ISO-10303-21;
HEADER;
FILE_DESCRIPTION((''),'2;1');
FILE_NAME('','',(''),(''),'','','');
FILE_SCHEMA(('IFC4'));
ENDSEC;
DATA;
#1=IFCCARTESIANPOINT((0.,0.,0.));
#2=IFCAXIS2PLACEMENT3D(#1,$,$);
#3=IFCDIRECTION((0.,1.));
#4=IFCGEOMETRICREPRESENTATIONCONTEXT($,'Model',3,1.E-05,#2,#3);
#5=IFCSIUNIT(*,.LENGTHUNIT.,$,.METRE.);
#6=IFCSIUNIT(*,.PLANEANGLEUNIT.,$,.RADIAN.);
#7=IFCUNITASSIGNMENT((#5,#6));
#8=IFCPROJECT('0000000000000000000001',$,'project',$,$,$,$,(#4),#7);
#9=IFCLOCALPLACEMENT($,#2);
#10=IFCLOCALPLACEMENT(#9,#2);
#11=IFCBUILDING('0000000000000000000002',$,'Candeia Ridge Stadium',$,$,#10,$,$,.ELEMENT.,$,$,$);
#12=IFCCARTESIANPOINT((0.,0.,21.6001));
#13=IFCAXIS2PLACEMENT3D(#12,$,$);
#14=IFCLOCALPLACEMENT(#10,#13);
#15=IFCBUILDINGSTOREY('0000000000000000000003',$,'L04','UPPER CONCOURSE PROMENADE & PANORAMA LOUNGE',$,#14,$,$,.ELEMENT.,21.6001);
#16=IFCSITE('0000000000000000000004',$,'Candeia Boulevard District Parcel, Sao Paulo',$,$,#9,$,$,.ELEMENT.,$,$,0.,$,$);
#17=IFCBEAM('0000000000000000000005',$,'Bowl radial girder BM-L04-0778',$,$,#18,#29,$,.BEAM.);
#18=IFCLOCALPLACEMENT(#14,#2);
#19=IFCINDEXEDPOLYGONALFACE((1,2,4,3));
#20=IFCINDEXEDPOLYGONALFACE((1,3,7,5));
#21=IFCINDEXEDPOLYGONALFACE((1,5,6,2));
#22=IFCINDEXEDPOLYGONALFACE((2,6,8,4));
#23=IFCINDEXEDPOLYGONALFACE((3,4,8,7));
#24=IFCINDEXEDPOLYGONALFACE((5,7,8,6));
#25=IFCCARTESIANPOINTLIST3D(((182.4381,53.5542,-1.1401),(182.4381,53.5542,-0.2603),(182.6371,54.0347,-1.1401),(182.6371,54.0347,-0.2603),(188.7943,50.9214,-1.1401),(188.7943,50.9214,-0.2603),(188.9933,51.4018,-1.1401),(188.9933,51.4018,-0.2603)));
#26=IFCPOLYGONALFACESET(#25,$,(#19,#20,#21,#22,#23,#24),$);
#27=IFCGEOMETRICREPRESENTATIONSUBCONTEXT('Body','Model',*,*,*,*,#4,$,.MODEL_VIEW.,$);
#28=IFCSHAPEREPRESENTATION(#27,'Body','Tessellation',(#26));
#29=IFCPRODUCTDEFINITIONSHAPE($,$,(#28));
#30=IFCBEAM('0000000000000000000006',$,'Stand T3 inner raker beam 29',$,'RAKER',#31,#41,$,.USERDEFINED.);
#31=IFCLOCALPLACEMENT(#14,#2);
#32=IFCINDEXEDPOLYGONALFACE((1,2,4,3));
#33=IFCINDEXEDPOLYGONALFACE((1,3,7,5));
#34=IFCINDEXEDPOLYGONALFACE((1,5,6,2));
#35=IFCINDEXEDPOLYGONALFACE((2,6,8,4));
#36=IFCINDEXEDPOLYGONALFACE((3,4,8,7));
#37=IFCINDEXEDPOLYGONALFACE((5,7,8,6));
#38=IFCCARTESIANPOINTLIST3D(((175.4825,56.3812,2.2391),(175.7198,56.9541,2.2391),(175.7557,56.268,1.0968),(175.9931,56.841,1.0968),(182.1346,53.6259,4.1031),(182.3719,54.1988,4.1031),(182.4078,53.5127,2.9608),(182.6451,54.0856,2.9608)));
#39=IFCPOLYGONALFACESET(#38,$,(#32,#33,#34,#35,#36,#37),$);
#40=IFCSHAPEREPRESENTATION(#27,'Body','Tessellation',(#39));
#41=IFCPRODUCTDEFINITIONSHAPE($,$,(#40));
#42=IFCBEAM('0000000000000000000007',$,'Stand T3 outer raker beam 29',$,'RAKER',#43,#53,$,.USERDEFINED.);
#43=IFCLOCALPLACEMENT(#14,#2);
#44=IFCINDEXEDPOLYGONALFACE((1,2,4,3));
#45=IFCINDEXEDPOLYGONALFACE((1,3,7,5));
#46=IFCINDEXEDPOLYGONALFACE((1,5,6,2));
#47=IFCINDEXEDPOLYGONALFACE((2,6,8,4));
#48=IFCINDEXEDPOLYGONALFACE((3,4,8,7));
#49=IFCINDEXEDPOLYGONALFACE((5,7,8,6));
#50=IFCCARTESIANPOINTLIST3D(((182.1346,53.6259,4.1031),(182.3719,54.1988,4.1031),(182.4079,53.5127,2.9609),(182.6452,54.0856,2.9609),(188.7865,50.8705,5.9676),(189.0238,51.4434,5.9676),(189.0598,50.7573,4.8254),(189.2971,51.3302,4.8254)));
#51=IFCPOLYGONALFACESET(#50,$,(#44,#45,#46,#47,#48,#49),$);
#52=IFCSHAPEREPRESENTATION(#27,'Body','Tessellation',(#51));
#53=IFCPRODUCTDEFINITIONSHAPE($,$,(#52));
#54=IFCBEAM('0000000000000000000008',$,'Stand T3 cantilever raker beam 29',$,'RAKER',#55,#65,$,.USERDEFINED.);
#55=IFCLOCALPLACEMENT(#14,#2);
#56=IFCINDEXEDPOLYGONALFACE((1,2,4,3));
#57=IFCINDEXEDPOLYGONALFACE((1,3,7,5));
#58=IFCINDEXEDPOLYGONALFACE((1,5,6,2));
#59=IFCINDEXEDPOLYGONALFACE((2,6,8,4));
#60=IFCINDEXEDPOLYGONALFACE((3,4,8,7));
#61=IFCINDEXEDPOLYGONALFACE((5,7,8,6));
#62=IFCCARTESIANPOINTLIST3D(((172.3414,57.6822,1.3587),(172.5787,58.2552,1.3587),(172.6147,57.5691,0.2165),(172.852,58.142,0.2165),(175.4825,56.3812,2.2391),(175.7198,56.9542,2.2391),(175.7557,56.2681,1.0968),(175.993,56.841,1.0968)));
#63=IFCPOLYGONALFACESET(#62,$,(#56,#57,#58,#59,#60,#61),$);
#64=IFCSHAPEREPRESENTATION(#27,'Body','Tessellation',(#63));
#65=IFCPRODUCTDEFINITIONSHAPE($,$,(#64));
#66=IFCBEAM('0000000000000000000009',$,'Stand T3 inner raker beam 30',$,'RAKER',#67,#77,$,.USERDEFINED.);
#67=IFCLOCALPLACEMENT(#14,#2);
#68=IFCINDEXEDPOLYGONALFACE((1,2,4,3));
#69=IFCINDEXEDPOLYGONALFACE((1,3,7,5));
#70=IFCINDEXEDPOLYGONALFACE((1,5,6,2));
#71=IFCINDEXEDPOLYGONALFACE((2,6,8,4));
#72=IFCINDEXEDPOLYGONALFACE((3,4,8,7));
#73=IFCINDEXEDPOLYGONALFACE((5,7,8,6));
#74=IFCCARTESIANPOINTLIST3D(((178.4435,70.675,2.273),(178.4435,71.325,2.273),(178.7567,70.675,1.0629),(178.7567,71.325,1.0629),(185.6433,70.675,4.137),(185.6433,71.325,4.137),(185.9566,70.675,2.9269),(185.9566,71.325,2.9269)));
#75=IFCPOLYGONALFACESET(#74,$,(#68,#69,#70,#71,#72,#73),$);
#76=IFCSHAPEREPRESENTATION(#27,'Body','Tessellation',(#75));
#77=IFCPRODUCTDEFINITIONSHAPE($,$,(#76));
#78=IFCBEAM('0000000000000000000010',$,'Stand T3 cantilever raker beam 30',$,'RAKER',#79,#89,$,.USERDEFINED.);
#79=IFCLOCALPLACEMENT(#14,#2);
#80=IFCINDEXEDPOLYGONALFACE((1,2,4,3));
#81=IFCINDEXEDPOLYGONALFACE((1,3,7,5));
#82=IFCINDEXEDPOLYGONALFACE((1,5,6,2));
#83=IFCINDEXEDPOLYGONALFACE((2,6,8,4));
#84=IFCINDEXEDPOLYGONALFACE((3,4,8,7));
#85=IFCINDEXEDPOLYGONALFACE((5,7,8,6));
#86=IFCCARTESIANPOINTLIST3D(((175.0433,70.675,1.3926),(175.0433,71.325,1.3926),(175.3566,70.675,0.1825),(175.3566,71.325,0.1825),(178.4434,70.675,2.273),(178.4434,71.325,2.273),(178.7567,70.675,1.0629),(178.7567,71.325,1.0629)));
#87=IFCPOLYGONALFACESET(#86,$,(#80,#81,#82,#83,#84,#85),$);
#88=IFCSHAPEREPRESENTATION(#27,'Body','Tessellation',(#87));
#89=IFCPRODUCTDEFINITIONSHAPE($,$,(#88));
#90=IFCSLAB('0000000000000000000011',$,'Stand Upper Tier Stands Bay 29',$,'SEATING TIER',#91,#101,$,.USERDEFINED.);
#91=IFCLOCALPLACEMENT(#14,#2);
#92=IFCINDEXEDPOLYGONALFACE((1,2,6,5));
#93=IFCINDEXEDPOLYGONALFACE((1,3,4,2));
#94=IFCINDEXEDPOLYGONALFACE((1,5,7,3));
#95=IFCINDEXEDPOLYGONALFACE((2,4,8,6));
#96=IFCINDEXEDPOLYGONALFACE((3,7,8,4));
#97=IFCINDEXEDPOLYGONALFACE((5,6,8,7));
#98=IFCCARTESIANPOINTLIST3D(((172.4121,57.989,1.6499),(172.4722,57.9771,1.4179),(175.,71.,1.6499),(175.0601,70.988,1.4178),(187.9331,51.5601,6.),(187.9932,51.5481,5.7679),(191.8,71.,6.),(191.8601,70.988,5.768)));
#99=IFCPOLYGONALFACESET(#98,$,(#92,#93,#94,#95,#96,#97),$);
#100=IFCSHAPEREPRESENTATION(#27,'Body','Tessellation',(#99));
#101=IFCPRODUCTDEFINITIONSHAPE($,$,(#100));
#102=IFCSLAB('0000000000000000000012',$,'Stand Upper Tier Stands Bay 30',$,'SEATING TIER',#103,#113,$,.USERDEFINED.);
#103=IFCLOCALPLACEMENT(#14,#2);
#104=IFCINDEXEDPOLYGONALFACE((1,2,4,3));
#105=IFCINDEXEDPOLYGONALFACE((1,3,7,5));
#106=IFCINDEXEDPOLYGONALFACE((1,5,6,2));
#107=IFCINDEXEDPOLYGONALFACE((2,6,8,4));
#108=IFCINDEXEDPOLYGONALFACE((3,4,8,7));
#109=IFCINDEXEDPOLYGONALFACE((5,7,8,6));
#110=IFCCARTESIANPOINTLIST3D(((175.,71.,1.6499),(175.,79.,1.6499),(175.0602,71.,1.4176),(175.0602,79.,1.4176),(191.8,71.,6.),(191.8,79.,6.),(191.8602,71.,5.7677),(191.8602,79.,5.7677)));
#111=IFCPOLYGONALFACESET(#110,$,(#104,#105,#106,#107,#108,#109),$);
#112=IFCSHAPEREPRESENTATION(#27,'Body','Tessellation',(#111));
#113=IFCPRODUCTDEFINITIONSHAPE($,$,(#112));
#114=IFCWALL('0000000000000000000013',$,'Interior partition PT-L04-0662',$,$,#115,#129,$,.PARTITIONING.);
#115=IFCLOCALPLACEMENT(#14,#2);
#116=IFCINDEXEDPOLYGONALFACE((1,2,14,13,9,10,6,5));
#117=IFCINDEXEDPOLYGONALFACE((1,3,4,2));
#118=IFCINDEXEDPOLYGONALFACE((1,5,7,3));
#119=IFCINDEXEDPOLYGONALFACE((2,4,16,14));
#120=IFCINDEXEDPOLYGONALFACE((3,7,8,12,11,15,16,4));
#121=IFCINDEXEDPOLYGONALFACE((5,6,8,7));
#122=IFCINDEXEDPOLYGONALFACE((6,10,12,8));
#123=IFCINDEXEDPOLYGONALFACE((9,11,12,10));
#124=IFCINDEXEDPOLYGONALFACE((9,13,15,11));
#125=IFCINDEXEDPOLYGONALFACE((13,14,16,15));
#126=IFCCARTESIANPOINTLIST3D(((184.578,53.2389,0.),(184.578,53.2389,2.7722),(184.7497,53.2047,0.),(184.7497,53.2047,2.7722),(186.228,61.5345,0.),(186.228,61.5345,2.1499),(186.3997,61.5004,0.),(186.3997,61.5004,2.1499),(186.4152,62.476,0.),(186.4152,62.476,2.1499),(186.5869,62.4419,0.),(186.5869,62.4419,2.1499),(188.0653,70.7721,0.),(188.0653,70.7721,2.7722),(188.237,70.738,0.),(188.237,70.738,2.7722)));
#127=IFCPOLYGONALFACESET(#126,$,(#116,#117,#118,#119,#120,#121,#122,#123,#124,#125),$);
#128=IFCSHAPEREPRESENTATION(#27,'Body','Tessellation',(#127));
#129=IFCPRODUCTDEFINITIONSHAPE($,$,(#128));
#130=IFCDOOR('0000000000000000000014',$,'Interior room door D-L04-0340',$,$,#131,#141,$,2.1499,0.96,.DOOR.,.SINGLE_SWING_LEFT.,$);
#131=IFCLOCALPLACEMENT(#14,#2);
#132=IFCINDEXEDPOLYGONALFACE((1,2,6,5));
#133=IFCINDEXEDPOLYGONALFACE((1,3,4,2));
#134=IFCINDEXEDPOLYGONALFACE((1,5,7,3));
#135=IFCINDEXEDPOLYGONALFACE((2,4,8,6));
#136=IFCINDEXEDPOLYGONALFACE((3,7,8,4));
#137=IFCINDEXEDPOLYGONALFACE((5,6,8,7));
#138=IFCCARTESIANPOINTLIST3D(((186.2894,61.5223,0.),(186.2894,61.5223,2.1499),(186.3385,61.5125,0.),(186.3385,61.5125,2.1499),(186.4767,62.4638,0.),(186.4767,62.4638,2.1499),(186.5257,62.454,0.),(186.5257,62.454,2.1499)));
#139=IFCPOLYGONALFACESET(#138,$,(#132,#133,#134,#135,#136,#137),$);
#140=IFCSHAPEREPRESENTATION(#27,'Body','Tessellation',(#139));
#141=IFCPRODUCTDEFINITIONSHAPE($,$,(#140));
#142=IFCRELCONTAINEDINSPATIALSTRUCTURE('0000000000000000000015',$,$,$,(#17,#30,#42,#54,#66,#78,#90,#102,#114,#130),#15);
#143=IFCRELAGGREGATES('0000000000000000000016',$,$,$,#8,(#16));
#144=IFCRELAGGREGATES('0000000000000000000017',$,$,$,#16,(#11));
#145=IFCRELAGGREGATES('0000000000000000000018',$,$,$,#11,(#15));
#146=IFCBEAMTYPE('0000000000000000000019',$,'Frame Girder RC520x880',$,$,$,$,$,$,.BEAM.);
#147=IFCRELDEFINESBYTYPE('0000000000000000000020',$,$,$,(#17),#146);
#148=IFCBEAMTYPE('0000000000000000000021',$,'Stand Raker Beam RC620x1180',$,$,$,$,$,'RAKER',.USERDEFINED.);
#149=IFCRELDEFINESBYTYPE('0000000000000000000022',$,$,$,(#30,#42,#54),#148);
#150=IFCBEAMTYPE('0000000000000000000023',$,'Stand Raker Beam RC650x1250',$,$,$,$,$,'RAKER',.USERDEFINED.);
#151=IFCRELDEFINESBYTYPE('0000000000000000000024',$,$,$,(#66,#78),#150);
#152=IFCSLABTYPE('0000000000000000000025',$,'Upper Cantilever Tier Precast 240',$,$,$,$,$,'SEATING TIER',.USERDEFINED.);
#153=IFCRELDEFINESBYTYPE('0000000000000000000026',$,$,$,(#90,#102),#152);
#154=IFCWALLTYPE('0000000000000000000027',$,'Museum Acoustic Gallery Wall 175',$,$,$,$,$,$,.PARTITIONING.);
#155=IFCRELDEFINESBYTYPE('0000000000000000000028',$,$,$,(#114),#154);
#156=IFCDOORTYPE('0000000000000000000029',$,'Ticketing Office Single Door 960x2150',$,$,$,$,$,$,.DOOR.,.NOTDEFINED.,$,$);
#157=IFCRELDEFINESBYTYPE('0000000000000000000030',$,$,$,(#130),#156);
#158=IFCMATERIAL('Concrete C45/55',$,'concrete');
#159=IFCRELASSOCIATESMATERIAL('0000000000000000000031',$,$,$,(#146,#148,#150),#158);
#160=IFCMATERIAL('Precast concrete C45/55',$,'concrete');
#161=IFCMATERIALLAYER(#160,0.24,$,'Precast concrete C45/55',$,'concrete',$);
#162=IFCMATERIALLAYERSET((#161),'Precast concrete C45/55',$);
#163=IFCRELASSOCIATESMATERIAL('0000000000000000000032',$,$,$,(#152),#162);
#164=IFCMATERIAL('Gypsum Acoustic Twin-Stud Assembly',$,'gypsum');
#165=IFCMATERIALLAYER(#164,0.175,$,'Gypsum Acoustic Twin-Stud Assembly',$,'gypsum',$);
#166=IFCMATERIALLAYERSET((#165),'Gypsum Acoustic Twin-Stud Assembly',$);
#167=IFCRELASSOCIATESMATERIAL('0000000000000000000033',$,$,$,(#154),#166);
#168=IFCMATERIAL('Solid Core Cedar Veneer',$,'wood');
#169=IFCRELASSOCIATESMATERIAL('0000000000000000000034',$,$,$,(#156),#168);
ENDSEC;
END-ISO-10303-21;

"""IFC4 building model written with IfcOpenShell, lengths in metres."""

from ifc_helpers import new_model, si_unit, direction, frame, frame_2d, origin, origin_2d, place, context, subcontext, project, spatial, polyline, rectangle, outline, extrude, material, layer, layer_set, material_profile, profile_set, type_object, element, fill, save


model = new_model("IFC4")

# Units and contexts
model_context = context("Model", 3, precision=1e-05, world=origin(), true_north=direction((0.0, 1.0)))
body_context = subcontext(model_context, "Body", "Model", "MODEL_VIEW")
ifc_project = project(units=[si_unit("LENGTHUNIT", "METRE"), si_unit("PLANEANGLEUNIT", "RADIAN")], contexts=[model_context])

# Site, building, storey
site_placement = place(None, origin())
site = spatial("IfcSite", under=ifc_project, at=site_placement, Name="Candeia Boulevard District Parcel, Sao Paulo", CompositionType="ELEMENT", RefElevation=0.0)
building_placement = place(site_placement, origin())
building = spatial("IfcBuilding", under=site, at=building_placement, Name="Candeia Ridge Stadium", CompositionType="ELEMENT")
storey_placement = place(building_placement, frame((0.0, 0.0, 21.6001)))
storey = spatial("IfcBuildingStorey", under=building, at=storey_placement, Name="L04", Description="UPPER CONCOURSE PROMENADE & PANORAMA LOUNGE", CompositionType="ELEMENT", Elevation=21.6001)

# Shared definitions
ifc_material_1 = material(Name="Concrete C45/55", Category="concrete")

# Beams
ifc_material_profile_1 = material_profile(ifc_material_1, rectangle(XDim=0.52, YDim=0.8799, at=origin_2d()), Name="RC520x880", Category="concrete")
ifc_profile_set_1 = profile_set([ifc_material_profile_1], Name="Concrete C45/55")
beam_type_1 = type_object("IfcBeamType", Name="Frame Girder RC520x880", PredefinedType="BEAM", material=ifc_profile_set_1)
beam_1_placement = place(storey_placement, frame((182.5376, 53.7944, -0.7002), z_axis=(0.92388, -0.382682, 0.0), x_axis=(0.382682, 0.92388, 0.0)))
element("IfcBeam", 1, at=beam_1_placement, inside=storey, type_object=beam_type_1, Name="Bowl radial girder BM-L04-0778", PredefinedType="BEAM", context=body_context, shape_type="SweptSolid", body=[
    extrude(rectangle(XDim=0.52, YDim=0.8799, at=origin_2d()), origin(), (0.0, 0.0, 1.0), 6.8799),
])
ifc_material_profile_2 = material_profile(ifc_material_1, rectangle(XDim=0.6201, YDim=1.1799, at=origin_2d()), Name="RC620x1180", Category="concrete")
ifc_profile_set_2 = profile_set([ifc_material_profile_2], Name="Concrete C45/55")
beam_type_2 = type_object("IfcBeamType", Name="Stand Raker Beam RC620x1180", ElementType="RAKER", PredefinedType="USERDEFINED", material=ifc_profile_set_2)
for number, where, z_axis, x_axis, name in (
    (2, (175.7378, 56.6111, 1.668), (0.894395, -0.370468, 0.250622), (0.382681, 0.92388, 0.0), "Stand T3 inner raker beam 29"),
    (3, (182.3899, 53.8557, 3.532), (0.894373, -0.370473, 0.250691), (0.382693, 0.923875, 0.0), "Stand T3 outer raker beam 29"),
):
    element("IfcBeam", number, at=place(storey_placement, frame(where, z_axis=z_axis, x_axis=x_axis)), inside=storey, type_object=beam_type_2, Name=name, ObjectType="RAKER", PredefinedType="USERDEFINED", context=body_context, shape_type="SweptSolid", body=[
        extrude(rectangle(XDim=0.6201, YDim=1.1799, at=origin_2d()), origin(), (0.0, 0.0, 1.0), 7.4375),
    ])
beam_2_placement = place(storey_placement, frame((172.5967, 57.9121, 0.7876), z_axis=(0.894388, -0.370449, 0.250673), x_axis=(0.382667, 0.923886, 0.0)))
element("IfcBeam", 4, at=beam_2_placement, inside=storey, type_object=beam_type_2, Name="Stand T3 cantilever raker beam 29", ObjectType="RAKER", PredefinedType="USERDEFINED", context=body_context, shape_type="SweptSolid", body=[
    extrude(rectangle(XDim=0.6201, YDim=1.1799, at=origin_2d()), origin(), (0.0, 0.0, 1.0), 3.512),
])
ifc_material_profile_3 = material_profile(ifc_material_1, rectangle(XDim=0.6499, YDim=1.25, at=origin_2d()), Name="RC650x1250", Category="concrete")
ifc_profile_set_3 = profile_set([ifc_material_profile_3], Name="Concrete C45/55")
beam_type_3 = type_object("IfcBeamType", Name="Stand Raker Beam RC650x1250", ElementType="RAKER", PredefinedType="USERDEFINED", material=ifc_profile_set_3)
beam_3_placement = place(storey_placement, frame((178.6001, 71.0, 1.668), z_axis=(0.968083, 0.0, 0.250629), x_axis=(0.0, 1.0, 0.0)))
element("IfcBeam", 5, at=beam_3_placement, inside=storey, type_object=beam_type_3, Name="Stand T3 inner raker beam 30", ObjectType="RAKER", PredefinedType="USERDEFINED", context=body_context, shape_type="SweptSolid", body=[
    extrude(rectangle(XDim=0.6499, YDim=1.25, at=origin_2d()), origin(), (0.0, 0.0, 1.0), 7.4373),
])
beam_4_placement = place(storey_placement, frame((175.2, 71.0, 0.7876), z_axis=(0.968076, 0.0, 0.250656), x_axis=(0.0, 1.0, 0.0)))
element("IfcBeam", 6, at=beam_4_placement, inside=storey, type_object=beam_type_3, Name="Stand T3 cantilever raker beam 30", ObjectType="RAKER", PredefinedType="USERDEFINED", context=body_context, shape_type="SweptSolid", body=[
    extrude(rectangle(XDim=0.6499, YDim=1.25, at=origin_2d()), origin(), (0.0, 0.0, 1.0), 3.5122),
])

# Slabs
ifc_material_2 = material(Name="Precast concrete C45/55", Category="concrete")
ifc_layer_1 = layer(ifc_material_2, 0.24, Name="Precast concrete C45/55", Category="concrete")
ifc_layer_set_1 = layer_set([ifc_layer_1], Name="Precast concrete C45/55")
slab_type = type_object("IfcSlabType", Name="Upper Cantilever Tier Precast 240", ElementType="SEATING TIER", PredefinedType="USERDEFINED", material=ifc_layer_set_1)
slab_1_placement = place(storey_placement, frame((172.4121, 57.989, 1.6499), z_axis=(-0.250358, 0.049799, 0.966872), x_axis=(0.19508, 0.980787, -0.000002)))
element("IfcSlab", 7, at=slab_1_placement, inside=storey, type_object=slab_type, Name="Stand Upper Tier Stands Bay 29", ObjectType="SEATING TIER", PredefinedType="USERDEFINED", context=body_context, shape_type="SweptSolid", body=[
    extrude(outline(polyline([(0.0, 0.0), (13.2659, 0.0), (16.5432, -17.0418), (-3.2776, -17.0415), (0.0, 0.0)])), origin(), (0.0, 0.0, -1.0), 0.24),
])
slab_2_placement = place(storey_placement, frame((175.0, 71.0, 1.6499), z_axis=(-0.250667, 0.0, 0.968073), x_axis=(0.0, 1.0, 0.0)))
element("IfcSlab", 8, at=slab_2_placement, inside=storey, type_object=slab_type, Name="Stand Upper Tier Stands Bay 30", ObjectType="SEATING TIER", PredefinedType="USERDEFINED", context=body_context, shape_type="SweptSolid", body=[
    extrude(outline(polyline([(0.0, 0.0), (8.0, 0.0), (8.0, -17.3541), (0.0, -17.3541), (0.0, 0.0)])), origin(), (0.0, 0.0, -1.0), 0.24),
])

# Wall, opening, door
ifc_material_3 = material(Name="Gypsum Acoustic Twin-Stud Assembly", Category="gypsum")
ifc_layer_2 = layer(ifc_material_3, 0.175, Name="Gypsum Acoustic Twin-Stud Assembly", Category="gypsum")
ifc_layer_set_2 = layer_set([ifc_layer_2], Name="Gypsum Acoustic Twin-Stud Assembly")
wall_type = type_object("IfcWallType", Name="Museum Acoustic Gallery Wall 175", PredefinedType="PARTITIONING", material=ifc_layer_set_2)
wall_placement = place(storey_placement, frame((184.6638, 53.2217, 0.0), z_axis=(0.0, 0.0, 1.0), x_axis=(0.195076, 0.980788, 0.0)))
wall = element("IfcWall", 9, at=wall_placement, inside=storey, type_object=wall_type, Name="Interior partition PT-L04-0662", PredefinedType="PARTITIONING", context=body_context, shape_type="SweptSolid", body=[
    extrude(rectangle(XDim=17.8767, YDim=0.175, at=frame_2d((8.9385, 0.0))), origin(), (0.0, 0.0, 1.0), 2.7722),
])
opening_placement = place(wall_placement, frame((8.4583, 0.0, 0.0)))
opening = element("IfcOpeningElement", 10, at=opening_placement, cuts=wall, PredefinedType="OPENING", context=body_context, shape_type="SweptSolid", body=[
    extrude(rectangle(XDim=0.96, YDim=2.1499, at=frame_2d((0.48, 1.075))), frame((0.0, 0.0974, 0.0), z_axis=(0.0, -1.0, 0.0), x_axis=(1.0, 0.0, 0.0)), (0.0, 0.0, 1.0), 0.1951),
])
ifc_material_4 = material(Name="Solid Core Cedar Veneer", Category="wood")
door_type = type_object("IfcDoorType", Name="Ticketing Office Single Door 960x2150", OperationType="NOTDEFINED", PredefinedType="DOOR", material=ifc_material_4)
door_placement = place(opening_placement, origin())
door = element("IfcDoor", 11, at=door_placement, inside=storey, type_object=door_type, Name="Interior room door D-L04-0340", OperationType="SINGLE_SWING_LEFT", OverallHeight=2.1499, OverallWidth=0.96, PredefinedType="DOOR", context=body_context, shape_type="SweptSolid", body=[
    extrude(rectangle(XDim=0.96, YDim=2.1499, at=frame_2d((0.48, 1.075))), frame((0.0, 0.0249, 0.0), z_axis=(0.0, -1.0, 0.0), x_axis=(1.0, 0.0, 0.0)), (0.0, 0.0, 1.0), 0.05),
])
fill(opening, door)

save(model, "model.ifc")
